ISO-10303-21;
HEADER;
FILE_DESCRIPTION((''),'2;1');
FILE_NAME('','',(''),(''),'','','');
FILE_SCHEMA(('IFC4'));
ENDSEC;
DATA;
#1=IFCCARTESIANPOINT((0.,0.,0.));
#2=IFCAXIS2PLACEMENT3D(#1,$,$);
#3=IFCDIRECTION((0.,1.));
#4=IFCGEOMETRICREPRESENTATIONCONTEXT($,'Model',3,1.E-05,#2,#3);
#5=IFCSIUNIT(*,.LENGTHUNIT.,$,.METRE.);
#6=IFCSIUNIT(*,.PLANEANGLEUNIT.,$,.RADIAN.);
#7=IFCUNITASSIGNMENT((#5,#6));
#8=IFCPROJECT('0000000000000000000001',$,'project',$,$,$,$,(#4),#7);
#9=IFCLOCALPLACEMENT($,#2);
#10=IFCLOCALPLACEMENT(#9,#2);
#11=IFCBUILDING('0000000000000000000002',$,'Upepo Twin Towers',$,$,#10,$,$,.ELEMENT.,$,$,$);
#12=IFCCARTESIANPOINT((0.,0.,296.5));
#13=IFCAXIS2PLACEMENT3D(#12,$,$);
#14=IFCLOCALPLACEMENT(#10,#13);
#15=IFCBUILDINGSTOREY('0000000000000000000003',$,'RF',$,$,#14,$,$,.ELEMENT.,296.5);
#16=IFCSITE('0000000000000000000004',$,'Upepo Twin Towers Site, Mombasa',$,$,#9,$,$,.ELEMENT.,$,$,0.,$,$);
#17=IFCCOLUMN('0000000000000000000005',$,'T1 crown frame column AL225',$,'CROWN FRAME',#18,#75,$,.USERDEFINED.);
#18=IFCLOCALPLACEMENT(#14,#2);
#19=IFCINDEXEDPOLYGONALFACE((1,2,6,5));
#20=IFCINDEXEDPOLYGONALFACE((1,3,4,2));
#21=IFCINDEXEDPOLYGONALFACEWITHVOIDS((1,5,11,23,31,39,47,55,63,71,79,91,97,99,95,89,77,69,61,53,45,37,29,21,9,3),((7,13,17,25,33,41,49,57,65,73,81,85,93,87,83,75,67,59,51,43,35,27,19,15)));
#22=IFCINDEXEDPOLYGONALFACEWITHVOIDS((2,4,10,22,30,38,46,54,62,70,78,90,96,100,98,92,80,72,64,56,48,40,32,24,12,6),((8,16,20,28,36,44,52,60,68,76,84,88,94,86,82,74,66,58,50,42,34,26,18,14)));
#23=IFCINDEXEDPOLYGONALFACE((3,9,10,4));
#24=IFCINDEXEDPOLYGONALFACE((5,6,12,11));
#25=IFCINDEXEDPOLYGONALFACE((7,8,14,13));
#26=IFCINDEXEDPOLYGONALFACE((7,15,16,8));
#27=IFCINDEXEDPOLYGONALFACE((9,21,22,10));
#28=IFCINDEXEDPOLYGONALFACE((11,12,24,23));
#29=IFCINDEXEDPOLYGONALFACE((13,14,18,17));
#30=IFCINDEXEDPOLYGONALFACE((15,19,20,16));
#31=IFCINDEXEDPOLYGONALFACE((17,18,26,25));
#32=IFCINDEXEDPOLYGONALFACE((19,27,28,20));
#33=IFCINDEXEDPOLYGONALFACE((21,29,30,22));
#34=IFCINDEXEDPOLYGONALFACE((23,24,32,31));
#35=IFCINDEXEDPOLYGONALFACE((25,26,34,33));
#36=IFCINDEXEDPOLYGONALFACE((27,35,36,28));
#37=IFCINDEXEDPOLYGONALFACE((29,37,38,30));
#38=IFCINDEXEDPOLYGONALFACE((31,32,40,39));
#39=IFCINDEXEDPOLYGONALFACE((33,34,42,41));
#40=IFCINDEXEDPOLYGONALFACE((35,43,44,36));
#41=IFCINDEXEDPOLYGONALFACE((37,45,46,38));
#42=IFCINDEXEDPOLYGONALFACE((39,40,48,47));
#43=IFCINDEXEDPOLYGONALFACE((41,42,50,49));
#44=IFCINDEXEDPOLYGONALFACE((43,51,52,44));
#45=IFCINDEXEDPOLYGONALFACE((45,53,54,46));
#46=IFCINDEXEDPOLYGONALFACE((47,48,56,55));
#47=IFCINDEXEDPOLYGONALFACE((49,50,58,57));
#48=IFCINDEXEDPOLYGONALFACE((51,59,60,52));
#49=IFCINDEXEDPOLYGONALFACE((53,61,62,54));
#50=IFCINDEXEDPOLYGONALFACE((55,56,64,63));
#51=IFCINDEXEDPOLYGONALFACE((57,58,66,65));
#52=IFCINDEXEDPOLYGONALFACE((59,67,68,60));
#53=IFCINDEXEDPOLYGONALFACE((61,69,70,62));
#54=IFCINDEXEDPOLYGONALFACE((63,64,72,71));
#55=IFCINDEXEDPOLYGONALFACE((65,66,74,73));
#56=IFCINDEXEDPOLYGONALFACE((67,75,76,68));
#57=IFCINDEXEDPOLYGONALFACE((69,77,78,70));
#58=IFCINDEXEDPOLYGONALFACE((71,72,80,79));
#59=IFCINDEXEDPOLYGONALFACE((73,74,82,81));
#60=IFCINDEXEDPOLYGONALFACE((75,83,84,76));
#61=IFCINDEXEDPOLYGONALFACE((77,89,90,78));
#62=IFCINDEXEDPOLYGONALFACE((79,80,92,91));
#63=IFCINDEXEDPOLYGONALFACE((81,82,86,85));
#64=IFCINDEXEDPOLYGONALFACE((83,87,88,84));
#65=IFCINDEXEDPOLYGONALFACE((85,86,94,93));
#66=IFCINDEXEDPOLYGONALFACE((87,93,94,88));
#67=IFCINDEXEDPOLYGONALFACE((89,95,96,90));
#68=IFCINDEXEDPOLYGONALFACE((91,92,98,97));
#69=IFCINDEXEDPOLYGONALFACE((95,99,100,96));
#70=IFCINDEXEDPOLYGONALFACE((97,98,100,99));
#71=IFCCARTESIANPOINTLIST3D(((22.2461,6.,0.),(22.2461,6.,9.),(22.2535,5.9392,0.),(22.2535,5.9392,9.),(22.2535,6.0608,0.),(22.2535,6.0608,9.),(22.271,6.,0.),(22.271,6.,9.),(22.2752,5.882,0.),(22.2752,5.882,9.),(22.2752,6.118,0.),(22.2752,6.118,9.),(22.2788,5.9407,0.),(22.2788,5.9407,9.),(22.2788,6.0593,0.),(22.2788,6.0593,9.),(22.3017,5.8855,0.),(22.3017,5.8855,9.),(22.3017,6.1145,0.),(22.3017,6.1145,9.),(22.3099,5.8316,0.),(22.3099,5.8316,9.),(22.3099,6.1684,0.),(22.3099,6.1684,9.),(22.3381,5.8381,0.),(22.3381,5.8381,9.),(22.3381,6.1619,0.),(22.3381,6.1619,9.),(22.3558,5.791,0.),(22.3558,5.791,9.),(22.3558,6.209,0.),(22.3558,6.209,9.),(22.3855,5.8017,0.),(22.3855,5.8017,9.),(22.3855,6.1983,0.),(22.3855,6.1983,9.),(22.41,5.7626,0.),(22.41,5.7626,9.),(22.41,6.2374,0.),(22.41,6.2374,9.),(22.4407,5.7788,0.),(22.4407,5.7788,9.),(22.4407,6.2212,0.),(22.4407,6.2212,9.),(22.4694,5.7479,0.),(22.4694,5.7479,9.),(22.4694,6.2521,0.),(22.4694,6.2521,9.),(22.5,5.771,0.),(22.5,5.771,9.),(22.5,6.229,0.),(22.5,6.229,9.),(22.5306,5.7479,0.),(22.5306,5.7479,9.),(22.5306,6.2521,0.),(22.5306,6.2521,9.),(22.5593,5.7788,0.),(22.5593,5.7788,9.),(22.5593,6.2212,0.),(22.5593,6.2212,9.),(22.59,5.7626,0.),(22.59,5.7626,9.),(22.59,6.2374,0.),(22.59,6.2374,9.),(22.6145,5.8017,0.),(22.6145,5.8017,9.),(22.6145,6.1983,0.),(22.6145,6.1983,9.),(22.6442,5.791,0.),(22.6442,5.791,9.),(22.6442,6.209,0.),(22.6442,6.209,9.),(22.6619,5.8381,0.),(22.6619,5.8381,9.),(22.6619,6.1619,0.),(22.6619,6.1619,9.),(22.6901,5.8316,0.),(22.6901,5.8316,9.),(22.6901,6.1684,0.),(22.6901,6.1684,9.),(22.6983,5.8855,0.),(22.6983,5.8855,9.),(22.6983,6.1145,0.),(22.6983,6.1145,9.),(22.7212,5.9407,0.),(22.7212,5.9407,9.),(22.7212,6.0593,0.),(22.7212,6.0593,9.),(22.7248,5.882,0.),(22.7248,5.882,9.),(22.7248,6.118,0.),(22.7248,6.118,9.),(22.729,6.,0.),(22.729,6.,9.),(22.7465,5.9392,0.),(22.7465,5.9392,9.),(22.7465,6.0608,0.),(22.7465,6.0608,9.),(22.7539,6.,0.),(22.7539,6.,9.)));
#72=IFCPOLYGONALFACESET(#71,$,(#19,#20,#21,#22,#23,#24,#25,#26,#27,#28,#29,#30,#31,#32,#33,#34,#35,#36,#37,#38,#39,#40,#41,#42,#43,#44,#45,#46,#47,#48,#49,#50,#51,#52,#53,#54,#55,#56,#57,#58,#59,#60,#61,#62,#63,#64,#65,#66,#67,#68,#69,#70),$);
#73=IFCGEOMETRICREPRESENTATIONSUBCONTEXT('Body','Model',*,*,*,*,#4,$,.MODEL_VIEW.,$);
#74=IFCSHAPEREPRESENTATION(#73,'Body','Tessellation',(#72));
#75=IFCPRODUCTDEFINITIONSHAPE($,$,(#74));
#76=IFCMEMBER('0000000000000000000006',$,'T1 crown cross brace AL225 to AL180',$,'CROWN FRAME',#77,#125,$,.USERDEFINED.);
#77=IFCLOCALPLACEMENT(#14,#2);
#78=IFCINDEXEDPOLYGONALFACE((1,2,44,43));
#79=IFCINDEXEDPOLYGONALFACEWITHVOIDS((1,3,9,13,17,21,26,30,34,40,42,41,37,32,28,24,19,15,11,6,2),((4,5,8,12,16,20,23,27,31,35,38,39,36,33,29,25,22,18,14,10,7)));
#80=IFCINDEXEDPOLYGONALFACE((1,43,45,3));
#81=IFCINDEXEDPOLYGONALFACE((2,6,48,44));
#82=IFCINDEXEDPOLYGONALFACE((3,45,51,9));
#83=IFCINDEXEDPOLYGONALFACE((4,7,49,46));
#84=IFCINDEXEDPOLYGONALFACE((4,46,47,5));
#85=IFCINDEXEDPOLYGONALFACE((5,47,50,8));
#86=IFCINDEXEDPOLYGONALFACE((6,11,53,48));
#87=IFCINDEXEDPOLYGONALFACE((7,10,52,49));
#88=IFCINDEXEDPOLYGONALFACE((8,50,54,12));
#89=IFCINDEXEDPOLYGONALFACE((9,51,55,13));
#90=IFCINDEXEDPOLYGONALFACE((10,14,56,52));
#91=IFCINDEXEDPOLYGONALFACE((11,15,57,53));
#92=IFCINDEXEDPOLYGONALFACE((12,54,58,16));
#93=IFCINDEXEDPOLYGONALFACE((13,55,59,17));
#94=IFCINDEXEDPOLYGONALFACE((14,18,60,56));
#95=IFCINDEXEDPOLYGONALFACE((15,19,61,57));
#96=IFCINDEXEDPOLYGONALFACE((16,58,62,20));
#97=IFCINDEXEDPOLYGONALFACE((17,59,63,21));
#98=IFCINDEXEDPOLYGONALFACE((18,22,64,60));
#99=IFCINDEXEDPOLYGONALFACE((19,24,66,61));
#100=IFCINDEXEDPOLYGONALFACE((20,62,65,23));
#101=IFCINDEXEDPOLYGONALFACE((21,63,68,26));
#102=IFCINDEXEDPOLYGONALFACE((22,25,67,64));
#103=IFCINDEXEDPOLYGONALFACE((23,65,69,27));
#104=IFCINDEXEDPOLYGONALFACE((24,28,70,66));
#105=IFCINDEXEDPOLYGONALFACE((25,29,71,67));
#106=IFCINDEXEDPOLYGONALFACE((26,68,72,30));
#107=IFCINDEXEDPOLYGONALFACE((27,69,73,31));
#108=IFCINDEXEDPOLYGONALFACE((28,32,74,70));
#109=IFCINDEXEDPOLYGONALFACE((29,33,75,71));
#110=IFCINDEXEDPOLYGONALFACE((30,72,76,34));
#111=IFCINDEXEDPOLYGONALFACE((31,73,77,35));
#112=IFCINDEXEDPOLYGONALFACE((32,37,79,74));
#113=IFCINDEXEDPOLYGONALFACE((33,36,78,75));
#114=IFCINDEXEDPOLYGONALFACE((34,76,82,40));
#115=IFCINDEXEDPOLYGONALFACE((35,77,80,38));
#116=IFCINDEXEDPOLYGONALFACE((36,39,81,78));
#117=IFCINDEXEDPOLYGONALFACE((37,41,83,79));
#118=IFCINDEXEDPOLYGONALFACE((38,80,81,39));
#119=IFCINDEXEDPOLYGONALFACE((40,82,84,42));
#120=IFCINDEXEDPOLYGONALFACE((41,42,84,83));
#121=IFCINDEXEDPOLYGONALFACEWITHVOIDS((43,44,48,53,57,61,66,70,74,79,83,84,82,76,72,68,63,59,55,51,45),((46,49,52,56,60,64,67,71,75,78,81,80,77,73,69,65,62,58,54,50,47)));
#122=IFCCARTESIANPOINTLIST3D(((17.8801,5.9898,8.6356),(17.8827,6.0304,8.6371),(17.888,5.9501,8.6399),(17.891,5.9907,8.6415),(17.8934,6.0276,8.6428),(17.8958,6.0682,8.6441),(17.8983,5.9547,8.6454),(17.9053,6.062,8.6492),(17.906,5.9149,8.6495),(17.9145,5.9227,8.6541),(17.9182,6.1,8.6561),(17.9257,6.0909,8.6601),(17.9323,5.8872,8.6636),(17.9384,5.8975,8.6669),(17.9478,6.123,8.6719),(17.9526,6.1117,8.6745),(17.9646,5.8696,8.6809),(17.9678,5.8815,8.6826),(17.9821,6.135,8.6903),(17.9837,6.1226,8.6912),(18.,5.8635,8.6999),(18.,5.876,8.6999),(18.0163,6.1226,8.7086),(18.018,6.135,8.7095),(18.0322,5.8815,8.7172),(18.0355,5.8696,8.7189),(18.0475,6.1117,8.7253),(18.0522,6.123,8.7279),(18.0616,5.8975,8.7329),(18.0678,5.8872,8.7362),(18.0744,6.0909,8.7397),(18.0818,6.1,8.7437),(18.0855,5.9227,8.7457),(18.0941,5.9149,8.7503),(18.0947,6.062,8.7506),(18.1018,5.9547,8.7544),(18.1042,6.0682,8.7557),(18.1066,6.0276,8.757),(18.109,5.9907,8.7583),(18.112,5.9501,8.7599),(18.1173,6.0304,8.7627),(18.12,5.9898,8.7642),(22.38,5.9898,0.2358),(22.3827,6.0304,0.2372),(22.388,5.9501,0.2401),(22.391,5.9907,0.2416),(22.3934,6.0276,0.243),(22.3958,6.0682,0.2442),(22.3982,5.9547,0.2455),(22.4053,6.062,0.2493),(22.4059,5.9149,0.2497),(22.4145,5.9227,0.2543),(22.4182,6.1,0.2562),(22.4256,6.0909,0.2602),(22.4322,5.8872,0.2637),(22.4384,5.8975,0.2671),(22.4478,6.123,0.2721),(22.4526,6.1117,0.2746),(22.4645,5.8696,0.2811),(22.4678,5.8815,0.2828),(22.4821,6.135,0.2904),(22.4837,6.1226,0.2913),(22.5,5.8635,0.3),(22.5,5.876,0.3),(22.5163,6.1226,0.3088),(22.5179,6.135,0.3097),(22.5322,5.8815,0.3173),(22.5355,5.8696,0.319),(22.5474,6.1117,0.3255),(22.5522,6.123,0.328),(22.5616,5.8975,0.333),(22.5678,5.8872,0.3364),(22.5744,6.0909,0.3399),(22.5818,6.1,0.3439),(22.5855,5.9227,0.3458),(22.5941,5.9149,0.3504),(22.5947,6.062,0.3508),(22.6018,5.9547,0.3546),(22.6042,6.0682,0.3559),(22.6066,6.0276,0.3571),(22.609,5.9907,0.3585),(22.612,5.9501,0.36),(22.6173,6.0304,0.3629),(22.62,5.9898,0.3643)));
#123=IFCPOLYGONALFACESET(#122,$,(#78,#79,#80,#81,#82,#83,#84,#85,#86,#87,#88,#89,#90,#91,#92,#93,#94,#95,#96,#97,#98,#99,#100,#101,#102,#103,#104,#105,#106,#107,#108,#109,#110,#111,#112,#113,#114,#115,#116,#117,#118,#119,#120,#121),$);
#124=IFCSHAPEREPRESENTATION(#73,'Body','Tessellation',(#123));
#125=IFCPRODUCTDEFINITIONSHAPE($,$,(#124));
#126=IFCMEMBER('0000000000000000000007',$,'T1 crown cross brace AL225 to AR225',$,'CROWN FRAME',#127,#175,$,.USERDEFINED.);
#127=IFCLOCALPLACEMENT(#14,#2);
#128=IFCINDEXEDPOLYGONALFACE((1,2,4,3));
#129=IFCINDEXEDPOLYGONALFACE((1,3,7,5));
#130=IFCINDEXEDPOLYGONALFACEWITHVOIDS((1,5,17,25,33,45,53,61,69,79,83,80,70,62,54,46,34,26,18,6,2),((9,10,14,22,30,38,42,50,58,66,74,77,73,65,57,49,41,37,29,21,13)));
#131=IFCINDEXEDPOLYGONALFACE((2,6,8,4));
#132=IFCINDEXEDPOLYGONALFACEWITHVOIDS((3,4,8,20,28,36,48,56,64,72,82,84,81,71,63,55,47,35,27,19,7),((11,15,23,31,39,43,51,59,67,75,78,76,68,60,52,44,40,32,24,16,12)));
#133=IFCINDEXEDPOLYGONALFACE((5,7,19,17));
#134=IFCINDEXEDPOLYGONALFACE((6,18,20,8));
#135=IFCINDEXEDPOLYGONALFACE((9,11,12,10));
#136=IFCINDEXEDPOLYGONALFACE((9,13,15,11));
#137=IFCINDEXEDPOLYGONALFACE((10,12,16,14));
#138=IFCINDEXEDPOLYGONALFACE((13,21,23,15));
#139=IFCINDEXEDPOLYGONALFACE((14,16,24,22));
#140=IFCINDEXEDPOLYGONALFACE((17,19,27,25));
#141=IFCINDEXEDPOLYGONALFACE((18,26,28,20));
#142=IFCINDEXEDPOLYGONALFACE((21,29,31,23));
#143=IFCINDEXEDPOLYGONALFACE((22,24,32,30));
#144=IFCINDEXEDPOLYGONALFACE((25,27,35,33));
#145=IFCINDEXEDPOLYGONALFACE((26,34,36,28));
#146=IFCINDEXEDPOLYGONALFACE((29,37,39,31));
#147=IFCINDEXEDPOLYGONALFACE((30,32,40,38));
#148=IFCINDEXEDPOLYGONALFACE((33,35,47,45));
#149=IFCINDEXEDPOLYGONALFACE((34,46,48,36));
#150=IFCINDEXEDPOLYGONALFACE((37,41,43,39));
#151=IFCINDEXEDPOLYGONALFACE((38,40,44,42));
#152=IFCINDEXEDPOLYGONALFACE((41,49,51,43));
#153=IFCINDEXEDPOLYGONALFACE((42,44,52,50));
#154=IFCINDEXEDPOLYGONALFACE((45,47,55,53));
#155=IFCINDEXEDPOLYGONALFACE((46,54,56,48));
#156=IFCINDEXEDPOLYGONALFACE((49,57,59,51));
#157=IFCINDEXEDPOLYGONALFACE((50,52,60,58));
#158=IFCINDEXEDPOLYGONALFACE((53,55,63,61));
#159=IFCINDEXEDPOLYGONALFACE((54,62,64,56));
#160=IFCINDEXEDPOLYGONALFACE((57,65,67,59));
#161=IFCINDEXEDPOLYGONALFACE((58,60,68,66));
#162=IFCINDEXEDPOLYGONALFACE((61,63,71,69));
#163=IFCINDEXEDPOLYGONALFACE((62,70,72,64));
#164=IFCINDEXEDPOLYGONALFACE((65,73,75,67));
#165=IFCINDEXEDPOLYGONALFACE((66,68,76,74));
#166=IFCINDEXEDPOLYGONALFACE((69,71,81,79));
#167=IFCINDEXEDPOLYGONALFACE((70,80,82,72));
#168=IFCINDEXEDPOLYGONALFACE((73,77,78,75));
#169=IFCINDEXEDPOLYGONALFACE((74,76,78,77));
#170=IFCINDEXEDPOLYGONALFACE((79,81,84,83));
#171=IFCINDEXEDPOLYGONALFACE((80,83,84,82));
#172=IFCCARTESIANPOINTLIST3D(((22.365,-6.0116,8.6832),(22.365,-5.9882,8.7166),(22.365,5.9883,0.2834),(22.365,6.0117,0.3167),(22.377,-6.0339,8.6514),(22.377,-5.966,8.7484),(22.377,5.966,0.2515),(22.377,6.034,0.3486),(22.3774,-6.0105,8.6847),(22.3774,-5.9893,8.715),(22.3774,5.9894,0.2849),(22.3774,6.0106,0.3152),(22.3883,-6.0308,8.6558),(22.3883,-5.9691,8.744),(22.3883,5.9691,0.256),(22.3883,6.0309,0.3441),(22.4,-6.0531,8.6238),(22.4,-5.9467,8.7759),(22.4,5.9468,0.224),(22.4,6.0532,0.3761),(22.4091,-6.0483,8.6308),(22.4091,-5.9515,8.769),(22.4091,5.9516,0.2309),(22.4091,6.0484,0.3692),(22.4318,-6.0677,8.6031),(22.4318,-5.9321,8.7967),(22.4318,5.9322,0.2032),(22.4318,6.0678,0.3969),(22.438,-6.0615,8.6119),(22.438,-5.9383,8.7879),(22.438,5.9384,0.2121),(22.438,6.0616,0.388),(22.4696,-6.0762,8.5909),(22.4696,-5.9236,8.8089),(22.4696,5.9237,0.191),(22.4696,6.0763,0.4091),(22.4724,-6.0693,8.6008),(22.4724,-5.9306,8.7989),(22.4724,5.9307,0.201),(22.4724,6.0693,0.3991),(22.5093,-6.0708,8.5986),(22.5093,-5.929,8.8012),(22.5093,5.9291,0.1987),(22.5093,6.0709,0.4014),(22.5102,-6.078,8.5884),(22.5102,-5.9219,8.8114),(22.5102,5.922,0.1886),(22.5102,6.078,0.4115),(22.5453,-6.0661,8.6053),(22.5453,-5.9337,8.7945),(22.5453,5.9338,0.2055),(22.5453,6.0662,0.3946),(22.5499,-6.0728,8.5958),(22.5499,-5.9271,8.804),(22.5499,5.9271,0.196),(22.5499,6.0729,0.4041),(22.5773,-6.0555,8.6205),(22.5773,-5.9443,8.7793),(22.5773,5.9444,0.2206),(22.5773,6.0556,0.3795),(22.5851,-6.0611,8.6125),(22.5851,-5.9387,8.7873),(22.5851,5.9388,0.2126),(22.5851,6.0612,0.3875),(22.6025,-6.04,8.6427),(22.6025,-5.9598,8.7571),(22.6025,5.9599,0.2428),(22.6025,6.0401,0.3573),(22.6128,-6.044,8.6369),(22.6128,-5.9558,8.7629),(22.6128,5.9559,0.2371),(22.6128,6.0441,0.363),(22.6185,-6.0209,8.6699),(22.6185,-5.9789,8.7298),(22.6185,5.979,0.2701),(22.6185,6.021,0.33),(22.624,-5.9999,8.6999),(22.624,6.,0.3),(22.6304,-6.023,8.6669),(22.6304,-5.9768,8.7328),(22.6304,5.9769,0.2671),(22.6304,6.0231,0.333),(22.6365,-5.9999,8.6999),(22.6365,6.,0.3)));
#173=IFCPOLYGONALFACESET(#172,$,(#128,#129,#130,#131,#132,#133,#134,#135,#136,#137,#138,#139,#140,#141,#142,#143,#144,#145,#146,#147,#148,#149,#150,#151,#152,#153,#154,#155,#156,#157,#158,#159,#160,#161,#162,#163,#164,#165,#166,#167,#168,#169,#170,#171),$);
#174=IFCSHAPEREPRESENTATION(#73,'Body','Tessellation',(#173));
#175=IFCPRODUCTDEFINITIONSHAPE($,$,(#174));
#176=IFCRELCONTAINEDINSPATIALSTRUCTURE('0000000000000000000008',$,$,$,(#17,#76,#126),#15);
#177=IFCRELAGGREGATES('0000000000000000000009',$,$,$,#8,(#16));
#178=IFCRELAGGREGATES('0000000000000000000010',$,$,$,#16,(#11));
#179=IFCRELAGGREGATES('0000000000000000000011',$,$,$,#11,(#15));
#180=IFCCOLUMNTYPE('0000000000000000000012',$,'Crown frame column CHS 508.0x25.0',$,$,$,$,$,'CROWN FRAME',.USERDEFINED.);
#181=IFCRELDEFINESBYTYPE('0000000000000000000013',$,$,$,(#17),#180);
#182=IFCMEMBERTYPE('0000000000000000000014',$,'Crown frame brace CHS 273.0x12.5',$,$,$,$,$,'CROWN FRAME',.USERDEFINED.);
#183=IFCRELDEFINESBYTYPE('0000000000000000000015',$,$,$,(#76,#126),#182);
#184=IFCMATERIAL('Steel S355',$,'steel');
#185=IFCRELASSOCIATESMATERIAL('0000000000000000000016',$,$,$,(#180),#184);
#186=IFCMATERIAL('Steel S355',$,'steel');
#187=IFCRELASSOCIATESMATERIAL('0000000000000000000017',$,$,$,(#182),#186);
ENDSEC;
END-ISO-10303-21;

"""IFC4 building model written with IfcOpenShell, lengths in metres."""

from ifc_helpers import new_model, si_unit, direction, frame, origin, origin_2d, place, context, subcontext, project, spatial, hollow_circle, extrude, material, material_profile, profile_set, type_object, element, save


model = new_model("IFC4")

# Units and contexts
model_context = context("Model", 3, precision=1e-05, world=origin(), true_north=direction((0.0, 1.0)))
body_context = subcontext(model_context, "Body", "Model", "MODEL_VIEW")
ifc_project = project(units=[si_unit("LENGTHUNIT", "METRE"), si_unit("PLANEANGLEUNIT", "RADIAN")], contexts=[model_context])

# Site, building, storey
site_placement = place(None, origin())
site = spatial("IfcSite", under=ifc_project, at=site_placement, Name="Upepo Twin Towers Site, Mombasa", CompositionType="ELEMENT", RefElevation=0.0)
building_placement = place(site_placement, origin())
building = spatial("IfcBuilding", under=site, at=building_placement, Name="Upepo Twin Towers", CompositionType="ELEMENT")
storey_placement = place(building_placement, frame((0.0, 0.0, 296.5)))
storey = spatial("IfcBuildingStorey", under=building, at=storey_placement, Name="RF", CompositionType="ELEMENT", Elevation=296.5)

# Column
ifc_material_1 = material(Name="Steel S355", Category="steel")
ifc_material_profile_1 = material_profile(ifc_material_1, hollow_circle(Radius=0.2539, WallThickness=0.0249, at=origin_2d()), Name="CHS 508.0x25.0")
ifc_profile_set_1 = profile_set([ifc_material_profile_1], Name="Steel S355")
column_type = type_object("IfcColumnType", Name="Crown frame column CHS 508.0x25.0", ElementType="CROWN FRAME", PredefinedType="USERDEFINED", material=ifc_profile_set_1)
column_placement = place(storey_placement, frame((22.5, 6.0, 0.0), z_axis=(0.0, 0.0, 1.0), x_axis=(1.0, 0.0, 0.0)))
element("IfcColumn", 1, at=column_placement, inside=storey, type_object=column_type, Name="T1 crown frame column AL225", ObjectType="CROWN FRAME", PredefinedType="USERDEFINED", context=body_context, shape_type="SweptSolid", body=[
    extrude(hollow_circle(Radius=0.2539, WallThickness=0.0249, at=origin_2d()), origin(), (0.0, 0.0, 1.0), 9.0),
])

# Members
ifc_material_2 = material(Name="Steel S355", Category="steel")
ifc_material_profile_2 = material_profile(ifc_material_2, hollow_circle(Radius=0.1365, WallThickness=0.0125, at=origin_2d()), Name="CHS 273.0x12.5")
ifc_profile_set_2 = profile_set([ifc_material_profile_2], Name="Steel S355")
member_type = type_object("IfcMemberType", Name="Crown frame brace CHS 273.0x12.5", ElementType="CROWN FRAME", PredefinedType="USERDEFINED", material=ifc_profile_set_2)
member_1_placement = place(storey_placement, frame((22.5, 6.0, 0.3), z_axis=(-0.472226, 0.0, 0.881478), x_axis=(0.0, -1.0, 0.0)))
element("IfcMember", 2, at=member_1_placement, inside=storey, type_object=member_type, Name="T1 crown cross brace AL225 to AL180", ObjectType="CROWN FRAME", PredefinedType="USERDEFINED", context=body_context, shape_type="SweptSolid", body=[
    extrude(hollow_circle(Radius=0.1365, WallThickness=0.0125, at=origin_2d()), origin(), (0.0, 0.0, 1.0), 9.5293),
])
member_2_placement = place(storey_placement, frame((22.5, 6.0, 0.3), z_axis=(0.0, -0.819235, 0.573458), x_axis=(1.0, 0.0, 0.0)))
element("IfcMember", 3, at=member_2_placement, inside=storey, type_object=member_type, Name="T1 crown cross brace AL225 to AR225", ObjectType="CROWN FRAME", PredefinedType="USERDEFINED", context=body_context, shape_type="SweptSolid", body=[
    extrude(hollow_circle(Radius=0.1365, WallThickness=0.0125, at=origin_2d()), origin(), (0.0, 0.0, 1.0), 14.6477),
])

save(model, "model.ifc")
